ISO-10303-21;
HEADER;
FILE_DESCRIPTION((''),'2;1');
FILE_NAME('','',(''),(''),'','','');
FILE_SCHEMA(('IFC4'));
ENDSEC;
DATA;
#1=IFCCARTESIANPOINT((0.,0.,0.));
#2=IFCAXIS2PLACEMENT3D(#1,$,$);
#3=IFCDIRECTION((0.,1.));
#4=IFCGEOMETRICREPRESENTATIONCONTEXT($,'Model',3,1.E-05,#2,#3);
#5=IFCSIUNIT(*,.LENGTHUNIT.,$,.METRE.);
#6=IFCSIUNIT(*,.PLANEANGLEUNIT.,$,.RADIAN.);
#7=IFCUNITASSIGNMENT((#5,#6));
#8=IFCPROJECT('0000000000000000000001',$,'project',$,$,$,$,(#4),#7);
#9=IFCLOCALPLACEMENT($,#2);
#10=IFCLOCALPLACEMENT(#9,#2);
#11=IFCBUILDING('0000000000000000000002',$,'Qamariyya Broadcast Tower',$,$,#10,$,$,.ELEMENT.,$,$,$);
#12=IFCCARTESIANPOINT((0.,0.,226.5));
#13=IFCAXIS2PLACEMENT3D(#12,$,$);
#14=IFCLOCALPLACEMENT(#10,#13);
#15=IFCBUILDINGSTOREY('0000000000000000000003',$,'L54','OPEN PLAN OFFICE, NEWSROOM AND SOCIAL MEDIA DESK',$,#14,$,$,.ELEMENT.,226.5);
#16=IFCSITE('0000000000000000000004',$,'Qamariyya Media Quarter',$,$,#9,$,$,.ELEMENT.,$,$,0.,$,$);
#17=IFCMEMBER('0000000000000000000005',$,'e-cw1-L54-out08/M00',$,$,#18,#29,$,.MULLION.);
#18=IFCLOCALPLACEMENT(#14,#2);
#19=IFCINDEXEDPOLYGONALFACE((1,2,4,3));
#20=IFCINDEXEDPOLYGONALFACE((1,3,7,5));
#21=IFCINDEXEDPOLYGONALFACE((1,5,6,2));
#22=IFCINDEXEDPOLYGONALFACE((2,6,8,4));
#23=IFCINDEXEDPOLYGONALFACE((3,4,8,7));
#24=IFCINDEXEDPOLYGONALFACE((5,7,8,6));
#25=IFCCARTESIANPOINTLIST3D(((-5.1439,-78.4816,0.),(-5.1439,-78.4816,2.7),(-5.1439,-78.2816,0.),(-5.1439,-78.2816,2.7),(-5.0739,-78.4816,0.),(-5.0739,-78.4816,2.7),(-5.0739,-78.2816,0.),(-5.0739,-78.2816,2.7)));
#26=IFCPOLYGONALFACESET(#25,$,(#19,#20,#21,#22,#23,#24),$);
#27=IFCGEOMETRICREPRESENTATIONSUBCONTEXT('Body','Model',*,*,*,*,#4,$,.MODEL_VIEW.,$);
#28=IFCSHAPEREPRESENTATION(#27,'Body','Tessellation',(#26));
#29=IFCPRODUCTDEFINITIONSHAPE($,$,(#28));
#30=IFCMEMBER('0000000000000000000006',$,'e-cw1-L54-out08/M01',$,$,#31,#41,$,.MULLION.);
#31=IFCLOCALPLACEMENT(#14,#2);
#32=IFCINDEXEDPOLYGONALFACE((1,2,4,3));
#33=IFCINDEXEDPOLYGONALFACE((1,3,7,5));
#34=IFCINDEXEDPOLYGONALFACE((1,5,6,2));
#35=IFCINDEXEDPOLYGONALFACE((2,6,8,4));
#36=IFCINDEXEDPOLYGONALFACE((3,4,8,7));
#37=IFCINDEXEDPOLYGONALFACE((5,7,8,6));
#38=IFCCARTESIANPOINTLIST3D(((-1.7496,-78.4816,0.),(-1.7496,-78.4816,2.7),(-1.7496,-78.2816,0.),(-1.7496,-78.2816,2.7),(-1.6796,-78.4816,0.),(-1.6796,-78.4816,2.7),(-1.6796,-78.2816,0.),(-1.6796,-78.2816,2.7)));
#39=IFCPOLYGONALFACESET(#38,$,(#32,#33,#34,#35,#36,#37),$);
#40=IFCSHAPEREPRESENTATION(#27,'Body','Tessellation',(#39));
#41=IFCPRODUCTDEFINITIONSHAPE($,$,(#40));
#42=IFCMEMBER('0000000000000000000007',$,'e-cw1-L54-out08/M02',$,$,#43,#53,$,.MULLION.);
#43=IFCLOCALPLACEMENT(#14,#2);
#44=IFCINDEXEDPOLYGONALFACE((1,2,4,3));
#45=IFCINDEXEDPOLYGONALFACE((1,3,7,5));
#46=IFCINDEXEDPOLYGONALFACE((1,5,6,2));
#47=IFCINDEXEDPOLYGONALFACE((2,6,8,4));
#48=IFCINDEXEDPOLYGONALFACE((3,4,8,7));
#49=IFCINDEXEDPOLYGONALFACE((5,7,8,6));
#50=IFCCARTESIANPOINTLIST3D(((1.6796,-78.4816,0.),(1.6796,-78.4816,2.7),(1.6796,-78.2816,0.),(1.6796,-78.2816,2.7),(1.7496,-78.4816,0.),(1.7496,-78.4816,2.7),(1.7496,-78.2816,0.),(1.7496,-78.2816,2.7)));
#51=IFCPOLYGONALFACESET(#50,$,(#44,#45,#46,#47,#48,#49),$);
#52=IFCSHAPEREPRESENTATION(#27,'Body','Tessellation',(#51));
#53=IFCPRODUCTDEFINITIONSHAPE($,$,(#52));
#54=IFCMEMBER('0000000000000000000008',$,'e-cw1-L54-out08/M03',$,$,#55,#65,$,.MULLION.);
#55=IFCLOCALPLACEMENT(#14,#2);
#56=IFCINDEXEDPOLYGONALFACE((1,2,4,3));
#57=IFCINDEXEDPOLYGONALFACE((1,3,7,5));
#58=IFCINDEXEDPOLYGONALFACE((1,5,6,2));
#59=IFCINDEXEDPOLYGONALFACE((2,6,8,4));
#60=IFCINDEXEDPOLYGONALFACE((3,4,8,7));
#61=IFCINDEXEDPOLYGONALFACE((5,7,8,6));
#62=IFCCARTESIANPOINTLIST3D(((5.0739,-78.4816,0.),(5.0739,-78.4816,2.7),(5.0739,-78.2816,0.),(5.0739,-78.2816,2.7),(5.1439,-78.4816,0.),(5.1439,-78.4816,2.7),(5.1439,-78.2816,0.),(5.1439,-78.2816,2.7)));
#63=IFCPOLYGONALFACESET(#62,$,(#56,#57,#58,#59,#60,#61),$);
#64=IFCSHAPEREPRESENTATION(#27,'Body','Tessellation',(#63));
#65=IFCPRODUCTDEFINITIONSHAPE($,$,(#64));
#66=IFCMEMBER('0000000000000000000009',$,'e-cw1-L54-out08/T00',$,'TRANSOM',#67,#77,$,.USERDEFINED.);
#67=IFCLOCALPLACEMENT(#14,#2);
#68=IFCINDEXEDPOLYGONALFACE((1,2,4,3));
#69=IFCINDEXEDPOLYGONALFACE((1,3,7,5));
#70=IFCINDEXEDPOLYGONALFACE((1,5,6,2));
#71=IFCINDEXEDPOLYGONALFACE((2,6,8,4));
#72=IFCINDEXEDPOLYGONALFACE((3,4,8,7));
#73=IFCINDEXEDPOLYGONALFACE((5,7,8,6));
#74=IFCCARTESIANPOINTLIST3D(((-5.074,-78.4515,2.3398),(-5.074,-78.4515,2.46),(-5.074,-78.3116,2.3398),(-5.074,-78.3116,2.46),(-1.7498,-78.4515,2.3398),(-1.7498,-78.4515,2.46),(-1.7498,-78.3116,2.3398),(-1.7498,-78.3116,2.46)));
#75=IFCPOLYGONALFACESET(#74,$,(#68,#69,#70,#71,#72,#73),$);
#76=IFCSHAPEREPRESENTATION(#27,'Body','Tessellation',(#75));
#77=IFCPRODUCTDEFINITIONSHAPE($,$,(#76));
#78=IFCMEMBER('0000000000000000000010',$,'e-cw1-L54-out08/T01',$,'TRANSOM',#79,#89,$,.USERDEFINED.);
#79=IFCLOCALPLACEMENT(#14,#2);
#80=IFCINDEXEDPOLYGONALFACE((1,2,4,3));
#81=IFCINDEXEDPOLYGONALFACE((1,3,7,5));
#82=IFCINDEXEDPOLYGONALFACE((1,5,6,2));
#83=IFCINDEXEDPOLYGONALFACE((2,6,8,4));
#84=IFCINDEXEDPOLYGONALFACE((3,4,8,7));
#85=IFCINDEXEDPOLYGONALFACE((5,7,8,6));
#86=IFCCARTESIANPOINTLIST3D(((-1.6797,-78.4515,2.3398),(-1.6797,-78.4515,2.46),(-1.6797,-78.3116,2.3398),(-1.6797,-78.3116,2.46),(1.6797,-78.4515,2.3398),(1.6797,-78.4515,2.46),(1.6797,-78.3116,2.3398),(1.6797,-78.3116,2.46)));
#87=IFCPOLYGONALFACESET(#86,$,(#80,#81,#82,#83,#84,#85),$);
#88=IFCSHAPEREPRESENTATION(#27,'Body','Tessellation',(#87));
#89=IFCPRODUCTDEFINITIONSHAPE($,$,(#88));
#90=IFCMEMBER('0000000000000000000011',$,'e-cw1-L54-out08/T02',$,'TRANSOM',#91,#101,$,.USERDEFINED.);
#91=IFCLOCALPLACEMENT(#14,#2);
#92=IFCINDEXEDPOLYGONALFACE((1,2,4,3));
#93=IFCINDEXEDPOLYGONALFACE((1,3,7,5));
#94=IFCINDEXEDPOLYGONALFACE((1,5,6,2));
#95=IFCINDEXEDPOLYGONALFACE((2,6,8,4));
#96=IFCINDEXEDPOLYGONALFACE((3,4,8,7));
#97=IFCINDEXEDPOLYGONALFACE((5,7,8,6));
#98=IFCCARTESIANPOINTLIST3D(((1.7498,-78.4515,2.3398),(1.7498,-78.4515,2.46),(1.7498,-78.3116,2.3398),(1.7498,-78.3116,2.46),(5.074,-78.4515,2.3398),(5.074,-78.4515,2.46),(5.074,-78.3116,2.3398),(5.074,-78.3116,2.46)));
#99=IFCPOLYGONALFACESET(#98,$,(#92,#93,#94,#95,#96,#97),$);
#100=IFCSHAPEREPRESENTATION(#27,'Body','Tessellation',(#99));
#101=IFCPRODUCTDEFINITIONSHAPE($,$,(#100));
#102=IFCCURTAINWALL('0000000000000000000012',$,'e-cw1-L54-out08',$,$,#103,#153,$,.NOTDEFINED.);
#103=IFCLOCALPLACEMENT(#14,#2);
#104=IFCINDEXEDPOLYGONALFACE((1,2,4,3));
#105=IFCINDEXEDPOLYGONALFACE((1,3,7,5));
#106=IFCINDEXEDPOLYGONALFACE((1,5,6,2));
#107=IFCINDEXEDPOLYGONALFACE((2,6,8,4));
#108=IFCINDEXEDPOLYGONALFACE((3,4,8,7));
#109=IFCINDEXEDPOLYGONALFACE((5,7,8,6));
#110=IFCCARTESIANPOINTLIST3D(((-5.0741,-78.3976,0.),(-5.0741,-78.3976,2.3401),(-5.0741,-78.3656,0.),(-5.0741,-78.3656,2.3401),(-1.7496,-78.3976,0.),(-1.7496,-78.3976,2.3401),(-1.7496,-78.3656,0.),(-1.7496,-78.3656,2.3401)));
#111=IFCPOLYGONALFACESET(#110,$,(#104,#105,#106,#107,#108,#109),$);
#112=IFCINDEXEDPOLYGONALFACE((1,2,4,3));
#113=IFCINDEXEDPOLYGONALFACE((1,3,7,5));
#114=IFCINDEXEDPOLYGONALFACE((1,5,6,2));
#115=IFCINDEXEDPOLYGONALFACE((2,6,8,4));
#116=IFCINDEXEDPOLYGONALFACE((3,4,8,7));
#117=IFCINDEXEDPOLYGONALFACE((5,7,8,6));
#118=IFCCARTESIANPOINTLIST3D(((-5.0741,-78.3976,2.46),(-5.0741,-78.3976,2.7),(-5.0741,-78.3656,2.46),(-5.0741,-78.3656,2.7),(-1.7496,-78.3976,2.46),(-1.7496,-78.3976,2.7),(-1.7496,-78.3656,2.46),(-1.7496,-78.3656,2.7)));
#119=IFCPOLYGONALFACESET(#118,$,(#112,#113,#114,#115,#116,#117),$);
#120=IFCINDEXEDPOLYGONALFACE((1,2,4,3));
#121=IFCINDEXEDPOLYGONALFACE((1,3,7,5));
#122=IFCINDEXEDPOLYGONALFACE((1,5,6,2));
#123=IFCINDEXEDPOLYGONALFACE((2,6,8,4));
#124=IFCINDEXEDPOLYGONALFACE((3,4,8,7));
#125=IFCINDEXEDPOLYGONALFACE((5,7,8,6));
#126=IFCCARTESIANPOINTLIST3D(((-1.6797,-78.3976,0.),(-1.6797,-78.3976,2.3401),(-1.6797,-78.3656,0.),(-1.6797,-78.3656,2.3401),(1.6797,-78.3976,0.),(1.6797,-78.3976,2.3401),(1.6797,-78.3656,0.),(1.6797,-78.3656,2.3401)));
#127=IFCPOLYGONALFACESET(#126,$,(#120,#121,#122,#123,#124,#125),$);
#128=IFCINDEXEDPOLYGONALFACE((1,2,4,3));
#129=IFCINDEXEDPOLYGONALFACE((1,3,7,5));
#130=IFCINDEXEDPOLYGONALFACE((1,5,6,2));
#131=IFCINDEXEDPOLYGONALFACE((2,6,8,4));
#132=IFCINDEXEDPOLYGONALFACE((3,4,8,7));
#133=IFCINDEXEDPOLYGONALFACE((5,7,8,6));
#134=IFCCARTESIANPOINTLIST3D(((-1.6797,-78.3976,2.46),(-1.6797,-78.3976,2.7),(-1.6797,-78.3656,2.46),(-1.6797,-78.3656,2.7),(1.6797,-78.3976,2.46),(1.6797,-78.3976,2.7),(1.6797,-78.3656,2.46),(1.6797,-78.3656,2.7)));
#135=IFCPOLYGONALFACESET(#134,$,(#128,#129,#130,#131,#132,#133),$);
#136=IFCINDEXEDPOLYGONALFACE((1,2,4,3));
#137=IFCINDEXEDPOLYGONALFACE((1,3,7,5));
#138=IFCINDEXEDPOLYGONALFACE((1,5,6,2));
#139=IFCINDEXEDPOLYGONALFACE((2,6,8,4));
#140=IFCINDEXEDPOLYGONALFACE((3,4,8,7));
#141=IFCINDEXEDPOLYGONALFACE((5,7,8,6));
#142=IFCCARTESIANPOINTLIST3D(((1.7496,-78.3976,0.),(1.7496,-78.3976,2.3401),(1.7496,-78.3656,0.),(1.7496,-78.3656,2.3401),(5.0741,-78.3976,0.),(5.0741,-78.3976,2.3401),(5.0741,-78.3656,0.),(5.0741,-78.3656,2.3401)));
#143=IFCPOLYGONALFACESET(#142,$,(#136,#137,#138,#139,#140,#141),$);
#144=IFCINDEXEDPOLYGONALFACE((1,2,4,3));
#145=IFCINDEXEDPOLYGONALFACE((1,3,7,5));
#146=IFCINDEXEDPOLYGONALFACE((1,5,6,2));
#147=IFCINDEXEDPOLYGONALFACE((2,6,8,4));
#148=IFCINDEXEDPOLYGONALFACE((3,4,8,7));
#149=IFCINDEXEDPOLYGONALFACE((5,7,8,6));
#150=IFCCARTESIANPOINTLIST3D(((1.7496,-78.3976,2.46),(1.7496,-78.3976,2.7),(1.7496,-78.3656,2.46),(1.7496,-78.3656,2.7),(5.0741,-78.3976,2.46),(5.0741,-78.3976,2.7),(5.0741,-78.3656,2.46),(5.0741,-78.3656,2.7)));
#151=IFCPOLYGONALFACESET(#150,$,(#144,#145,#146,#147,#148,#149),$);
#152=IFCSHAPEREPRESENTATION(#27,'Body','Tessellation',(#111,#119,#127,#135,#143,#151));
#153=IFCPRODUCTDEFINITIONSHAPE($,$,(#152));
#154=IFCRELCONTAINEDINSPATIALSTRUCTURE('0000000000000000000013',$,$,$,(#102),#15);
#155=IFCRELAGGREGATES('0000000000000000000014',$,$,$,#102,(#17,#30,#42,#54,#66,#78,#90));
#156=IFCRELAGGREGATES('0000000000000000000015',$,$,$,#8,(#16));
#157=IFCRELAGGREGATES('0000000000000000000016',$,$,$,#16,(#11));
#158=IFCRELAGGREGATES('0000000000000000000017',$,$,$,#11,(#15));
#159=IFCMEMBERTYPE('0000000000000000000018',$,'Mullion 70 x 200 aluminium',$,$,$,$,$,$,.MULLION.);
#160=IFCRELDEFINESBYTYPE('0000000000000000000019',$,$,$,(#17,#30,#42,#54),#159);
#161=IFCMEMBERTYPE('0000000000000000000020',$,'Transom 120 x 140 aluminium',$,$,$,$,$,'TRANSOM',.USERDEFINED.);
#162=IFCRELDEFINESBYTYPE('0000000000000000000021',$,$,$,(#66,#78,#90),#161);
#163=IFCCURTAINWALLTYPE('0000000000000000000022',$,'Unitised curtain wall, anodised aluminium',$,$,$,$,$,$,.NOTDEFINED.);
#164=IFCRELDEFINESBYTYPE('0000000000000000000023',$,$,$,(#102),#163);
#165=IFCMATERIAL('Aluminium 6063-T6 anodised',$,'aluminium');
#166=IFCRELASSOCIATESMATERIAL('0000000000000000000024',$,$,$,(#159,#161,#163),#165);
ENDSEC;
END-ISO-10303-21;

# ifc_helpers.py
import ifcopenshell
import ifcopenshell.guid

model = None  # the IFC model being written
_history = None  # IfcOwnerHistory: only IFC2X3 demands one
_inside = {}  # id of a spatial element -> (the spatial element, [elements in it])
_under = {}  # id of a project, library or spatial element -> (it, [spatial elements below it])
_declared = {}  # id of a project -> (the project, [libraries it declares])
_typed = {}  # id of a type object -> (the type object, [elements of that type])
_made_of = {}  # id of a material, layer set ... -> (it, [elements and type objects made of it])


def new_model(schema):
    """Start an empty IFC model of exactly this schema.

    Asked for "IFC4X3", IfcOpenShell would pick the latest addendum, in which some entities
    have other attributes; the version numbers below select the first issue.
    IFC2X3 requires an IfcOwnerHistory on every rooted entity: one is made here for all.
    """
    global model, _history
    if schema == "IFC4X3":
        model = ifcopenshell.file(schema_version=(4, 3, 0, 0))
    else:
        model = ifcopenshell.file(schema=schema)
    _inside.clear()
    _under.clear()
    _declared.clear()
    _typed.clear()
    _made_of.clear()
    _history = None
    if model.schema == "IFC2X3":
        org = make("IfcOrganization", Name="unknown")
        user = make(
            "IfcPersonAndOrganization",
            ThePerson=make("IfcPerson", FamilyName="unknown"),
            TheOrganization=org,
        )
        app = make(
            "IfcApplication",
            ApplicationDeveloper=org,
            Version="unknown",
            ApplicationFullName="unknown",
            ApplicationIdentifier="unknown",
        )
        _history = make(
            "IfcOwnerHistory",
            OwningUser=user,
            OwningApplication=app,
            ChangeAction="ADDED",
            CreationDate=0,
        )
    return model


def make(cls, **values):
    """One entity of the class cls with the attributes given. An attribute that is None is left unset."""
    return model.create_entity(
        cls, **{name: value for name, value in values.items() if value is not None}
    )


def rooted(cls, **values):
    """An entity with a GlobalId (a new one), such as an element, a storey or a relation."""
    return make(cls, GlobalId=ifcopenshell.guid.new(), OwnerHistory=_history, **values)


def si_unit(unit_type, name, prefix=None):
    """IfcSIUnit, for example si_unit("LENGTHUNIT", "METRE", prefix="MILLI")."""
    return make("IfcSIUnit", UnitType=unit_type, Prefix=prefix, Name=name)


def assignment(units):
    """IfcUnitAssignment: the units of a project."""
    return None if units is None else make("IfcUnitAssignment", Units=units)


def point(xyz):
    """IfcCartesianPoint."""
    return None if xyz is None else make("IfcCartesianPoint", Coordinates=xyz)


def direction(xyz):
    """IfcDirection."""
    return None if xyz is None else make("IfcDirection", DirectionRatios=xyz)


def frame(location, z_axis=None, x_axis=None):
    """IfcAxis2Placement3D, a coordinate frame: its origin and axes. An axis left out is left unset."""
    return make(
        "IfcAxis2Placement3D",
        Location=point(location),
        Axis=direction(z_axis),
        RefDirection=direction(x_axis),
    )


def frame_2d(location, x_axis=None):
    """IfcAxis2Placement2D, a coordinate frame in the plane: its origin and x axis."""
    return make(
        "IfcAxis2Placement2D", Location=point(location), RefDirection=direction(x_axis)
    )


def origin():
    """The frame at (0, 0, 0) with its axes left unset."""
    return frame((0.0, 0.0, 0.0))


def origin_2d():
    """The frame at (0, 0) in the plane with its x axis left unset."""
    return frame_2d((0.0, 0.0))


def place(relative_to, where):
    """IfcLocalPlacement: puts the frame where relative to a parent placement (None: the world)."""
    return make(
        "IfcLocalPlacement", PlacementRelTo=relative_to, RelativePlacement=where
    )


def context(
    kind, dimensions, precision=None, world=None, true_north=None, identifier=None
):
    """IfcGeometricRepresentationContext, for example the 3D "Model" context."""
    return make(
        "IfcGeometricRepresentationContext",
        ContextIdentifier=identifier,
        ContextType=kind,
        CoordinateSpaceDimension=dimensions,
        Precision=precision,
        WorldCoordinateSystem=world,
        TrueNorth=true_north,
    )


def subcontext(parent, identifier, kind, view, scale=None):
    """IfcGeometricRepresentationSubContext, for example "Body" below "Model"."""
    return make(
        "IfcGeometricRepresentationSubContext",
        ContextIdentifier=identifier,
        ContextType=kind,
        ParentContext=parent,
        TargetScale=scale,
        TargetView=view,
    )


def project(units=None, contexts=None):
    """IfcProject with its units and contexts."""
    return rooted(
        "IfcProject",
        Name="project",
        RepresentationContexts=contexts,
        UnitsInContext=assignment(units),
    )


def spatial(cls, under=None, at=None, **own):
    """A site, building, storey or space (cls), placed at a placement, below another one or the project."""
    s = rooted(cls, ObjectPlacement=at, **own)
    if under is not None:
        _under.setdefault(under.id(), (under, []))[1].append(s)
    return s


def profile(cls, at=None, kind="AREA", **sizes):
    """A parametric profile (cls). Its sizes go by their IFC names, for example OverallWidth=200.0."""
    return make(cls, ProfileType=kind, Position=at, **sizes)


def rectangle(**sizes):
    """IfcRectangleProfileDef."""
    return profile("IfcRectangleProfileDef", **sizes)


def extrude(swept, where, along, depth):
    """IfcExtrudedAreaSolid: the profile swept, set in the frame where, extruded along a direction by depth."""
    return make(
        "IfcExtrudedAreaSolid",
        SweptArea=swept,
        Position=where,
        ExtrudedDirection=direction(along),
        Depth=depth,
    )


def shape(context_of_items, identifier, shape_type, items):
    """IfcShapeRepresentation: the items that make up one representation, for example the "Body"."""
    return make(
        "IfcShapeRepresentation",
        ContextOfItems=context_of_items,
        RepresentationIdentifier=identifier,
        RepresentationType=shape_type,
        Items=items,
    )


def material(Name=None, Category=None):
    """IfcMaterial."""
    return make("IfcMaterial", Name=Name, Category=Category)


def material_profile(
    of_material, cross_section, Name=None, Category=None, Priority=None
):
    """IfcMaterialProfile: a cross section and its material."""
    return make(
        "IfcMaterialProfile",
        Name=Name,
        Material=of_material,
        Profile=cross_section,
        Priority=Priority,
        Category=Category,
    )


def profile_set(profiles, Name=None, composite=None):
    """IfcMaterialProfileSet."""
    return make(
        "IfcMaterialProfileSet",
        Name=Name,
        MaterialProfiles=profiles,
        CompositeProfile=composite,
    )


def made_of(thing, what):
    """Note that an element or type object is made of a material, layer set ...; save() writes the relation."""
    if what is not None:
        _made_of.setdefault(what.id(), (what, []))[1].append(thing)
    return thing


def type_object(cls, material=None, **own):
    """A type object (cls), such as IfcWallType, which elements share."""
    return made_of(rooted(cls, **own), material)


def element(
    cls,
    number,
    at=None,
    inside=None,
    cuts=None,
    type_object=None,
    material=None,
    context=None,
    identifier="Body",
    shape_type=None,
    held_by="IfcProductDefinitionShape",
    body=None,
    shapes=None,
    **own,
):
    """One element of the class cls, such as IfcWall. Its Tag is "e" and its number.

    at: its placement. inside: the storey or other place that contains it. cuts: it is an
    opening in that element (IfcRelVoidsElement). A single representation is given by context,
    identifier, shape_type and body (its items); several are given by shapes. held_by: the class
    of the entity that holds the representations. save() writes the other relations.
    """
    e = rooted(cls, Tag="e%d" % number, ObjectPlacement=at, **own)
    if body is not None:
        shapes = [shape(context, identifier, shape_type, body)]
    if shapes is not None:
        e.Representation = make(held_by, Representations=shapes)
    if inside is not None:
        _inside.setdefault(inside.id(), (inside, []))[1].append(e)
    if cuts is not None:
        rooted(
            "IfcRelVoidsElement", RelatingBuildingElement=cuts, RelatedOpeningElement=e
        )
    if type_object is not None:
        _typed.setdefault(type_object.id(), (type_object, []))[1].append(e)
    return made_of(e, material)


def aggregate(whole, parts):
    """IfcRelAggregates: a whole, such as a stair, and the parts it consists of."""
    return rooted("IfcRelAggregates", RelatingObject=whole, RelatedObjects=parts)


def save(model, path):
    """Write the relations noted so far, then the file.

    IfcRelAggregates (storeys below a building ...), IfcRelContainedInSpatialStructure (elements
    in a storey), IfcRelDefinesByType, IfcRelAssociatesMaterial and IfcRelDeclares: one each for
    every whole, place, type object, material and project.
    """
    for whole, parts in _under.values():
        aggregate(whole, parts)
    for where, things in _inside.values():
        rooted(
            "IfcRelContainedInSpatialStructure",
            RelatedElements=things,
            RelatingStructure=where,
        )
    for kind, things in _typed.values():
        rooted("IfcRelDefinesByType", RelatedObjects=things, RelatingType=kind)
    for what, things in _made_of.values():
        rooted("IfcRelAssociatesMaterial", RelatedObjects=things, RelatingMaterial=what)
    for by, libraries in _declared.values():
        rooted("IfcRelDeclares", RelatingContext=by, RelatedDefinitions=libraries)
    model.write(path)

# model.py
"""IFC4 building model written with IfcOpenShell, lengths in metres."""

from ifc_helpers import new_model, si_unit, direction, frame, origin, origin_2d, place, context, subcontext, project, spatial, rectangle, extrude, material, material_profile, profile_set, type_object, element, aggregate, save


model = new_model("IFC4")

# Units and contexts
model_context = context("Model", 3, precision=1e-05, world=origin(), true_north=direction((0.0, 1.0)))
body_context = subcontext(model_context, "Body", "Model", "MODEL_VIEW")
ifc_project = project(units=[si_unit("LENGTHUNIT", "METRE"), si_unit("PLANEANGLEUNIT", "RADIAN")], contexts=[model_context])

# Members
ifc_material = material(Name="Aluminium 6063-T6 anodised", Category="aluminium")
ifc_material_profile_1 = material_profile(ifc_material, rectangle(XDim=0.2, YDim=0.0701, at=origin_2d()))
ifc_profile_set_1 = profile_set([ifc_material_profile_1], Name="Aluminium 6063-T6 anodised")
member_type_1 = type_object("IfcMemberType", Name="Mullion 70 x 200 aluminium", PredefinedType="MULLION", material=ifc_profile_set_1)
site_placement = place(None, origin())
building_placement = place(site_placement, origin())
storey_placement = place(building_placement, frame((0.0, 0.0, 226.5)))
member_1_placement = place(storey_placement, frame((-5.1089, -78.3816, 0.0), z_axis=(0.0, 0.0, 1.0), x_axis=(0.0, 1.0, 0.0)))
member_1 = element("IfcMember", 1, at=member_1_placement, type_object=member_type_1, Name="e-cw1-L54-out08/M00", PredefinedType="MULLION", context=body_context, shape_type="SweptSolid", body=[
    extrude(rectangle(XDim=0.2, YDim=0.0701, at=origin_2d()), origin(), (0.0, 0.0, 1.0), 2.7),
])
member_2_placement = place(storey_placement, frame((-1.7146, -78.3816, 0.0), z_axis=(0.0, 0.0, 1.0), x_axis=(0.0, 1.0, 0.0)))
member_2 = element("IfcMember", 2, at=member_2_placement, type_object=member_type_1, Name="e-cw1-L54-out08/M01", PredefinedType="MULLION", context=body_context, shape_type="SweptSolid", body=[
    extrude(rectangle(XDim=0.2, YDim=0.0701, at=origin_2d()), origin(), (0.0, 0.0, 1.0), 2.7),
])
member_3_placement = place(storey_placement, frame((1.7146, -78.3816, 0.0), z_axis=(0.0, 0.0, 1.0), x_axis=(0.0, 1.0, 0.0)))
member_3 = element("IfcMember", 3, at=member_3_placement, type_object=member_type_1, Name="e-cw1-L54-out08/M02", PredefinedType="MULLION", context=body_context, shape_type="SweptSolid", body=[
    extrude(rectangle(XDim=0.2, YDim=0.0701, at=origin_2d()), origin(), (0.0, 0.0, 1.0), 2.7),
])
member_4_placement = place(storey_placement, frame((5.1089, -78.3816, 0.0), z_axis=(0.0, 0.0, 1.0), x_axis=(0.0, 1.0, 0.0)))
member_4 = element("IfcMember", 4, at=member_4_placement, type_object=member_type_1, Name="e-cw1-L54-out08/M03", PredefinedType="MULLION", context=body_context, shape_type="SweptSolid", body=[
    extrude(rectangle(XDim=0.2, YDim=0.0701, at=origin_2d()), origin(), (0.0, 0.0, 1.0), 2.7),
])
ifc_material_profile_2 = material_profile(ifc_material, rectangle(XDim=0.1399, YDim=0.1201, at=origin_2d()))
ifc_profile_set_2 = profile_set([ifc_material_profile_2], Name="Aluminium 6063-T6 anodised")
member_type_2 = type_object("IfcMemberType", Name="Transom 120 x 140 aluminium", ElementType="TRANSOM", PredefinedType="USERDEFINED", material=ifc_profile_set_2)
member_5_placement = place(storey_placement, frame((-5.074, -78.3816, 2.3999), z_axis=(1.0, 0.0, 0.0), x_axis=(0.0, 1.0, 0.0)))
member_5 = element("IfcMember", 5, at=member_5_placement, type_object=member_type_2, Name="e-cw1-L54-out08/T00", ObjectType="TRANSOM", PredefinedType="USERDEFINED", context=body_context, shape_type="SweptSolid", body=[
    extrude(rectangle(XDim=0.1399, YDim=0.1201, at=origin_2d()), origin(), (0.0, 0.0, 1.0), 3.3242),
])
member_6_placement = place(storey_placement, frame((-1.6797, -78.3816, 2.3999), z_axis=(1.0, 0.0, 0.0), x_axis=(0.0, 1.0, 0.0)))
member_6 = element("IfcMember", 6, at=member_6_placement, type_object=member_type_2, Name="e-cw1-L54-out08/T01", ObjectType="TRANSOM", PredefinedType="USERDEFINED", context=body_context, shape_type="SweptSolid", body=[
    extrude(rectangle(XDim=0.1399, YDim=0.1201, at=origin_2d()), origin(), (0.0, 0.0, 1.0), 3.3594),
])
member_7_placement = place(storey_placement, frame((1.7498, -78.3816, 2.3999), z_axis=(1.0, 0.0, 0.0), x_axis=(0.0, 1.0, 0.0)))
member_7 = element("IfcMember", 7, at=member_7_placement, type_object=member_type_2, Name="e-cw1-L54-out08/T02", ObjectType="TRANSOM", PredefinedType="USERDEFINED", context=body_context, shape_type="SweptSolid", body=[
    extrude(rectangle(XDim=0.1399, YDim=0.1201, at=origin_2d()), origin(), (0.0, 0.0, 1.0), 3.3242),
])

# Site, building, storey
site = spatial("IfcSite", under=ifc_project, at=site_placement, Name="Qamariyya Media Quarter", CompositionType="ELEMENT", RefElevation=0.0)
building = spatial("IfcBuilding", under=site, at=building_placement, Name="Qamariyya Broadcast Tower", CompositionType="ELEMENT")
storey = spatial("IfcBuildingStorey", under=building, at=storey_placement, Name="L54", Description="OPEN PLAN OFFICE, NEWSROOM AND SOCIAL MEDIA DESK", CompositionType="ELEMENT", Elevation=226.5)

# Curtain wall
curtain_wall_type = type_object("IfcCurtainWallType", Name="Unitised curtain wall, anodised aluminium", PredefinedType="NOTDEFINED", material=ifc_material)
curtain_wall_1_placement = place(storey_placement, origin())
curtain_wall_1 = element("IfcCurtainWall", 8, at=curtain_wall_1_placement, inside=storey, type_object=curtain_wall_type, Name="e-cw1-L54-out08", PredefinedType="NOTDEFINED", context=body_context, shape_type="SweptSolid", body=[
    extrude(rectangle(XDim=3.3245, YDim=0.032, at=origin_2d()), frame((-3.4119, -78.3816, 0.0), x_axis=(1.0, 0.0, 0.0)), (0.0, 0.0, 1.0), 2.3401),
    extrude(rectangle(XDim=3.3245, YDim=0.032, at=origin_2d()), frame((-3.4119, -78.3816, 2.46), x_axis=(1.0, 0.0, 0.0)), (0.0, 0.0, 1.0), 0.24),
    extrude(rectangle(XDim=3.3594, YDim=0.032, at=origin_2d()), frame((0.0, -78.3816, 0.0), x_axis=(1.0, 0.0, 0.0)), (0.0, 0.0, 1.0), 2.3401),
    extrude(rectangle(XDim=3.3594, YDim=0.032, at=origin_2d()), frame((0.0, -78.3816, 2.46), x_axis=(1.0, 0.0, 0.0)), (0.0, 0.0, 1.0), 0.24),
    extrude(rectangle(XDim=3.3245, YDim=0.032, at=origin_2d()), frame((3.4119, -78.3816, 0.0), x_axis=(1.0, 0.0, 0.0)), (0.0, 0.0, 1.0), 2.3401),
    extrude(rectangle(XDim=3.3245, YDim=0.032, at=origin_2d()), frame((3.4119, -78.3816, 2.46), x_axis=(1.0, 0.0, 0.0)), (0.0, 0.0, 1.0), 0.24),
])
aggregate(curtain_wall_1, [member_1, member_2, member_3, member_4, member_5, member_6, member_7])

save(model, "model.ifc")
